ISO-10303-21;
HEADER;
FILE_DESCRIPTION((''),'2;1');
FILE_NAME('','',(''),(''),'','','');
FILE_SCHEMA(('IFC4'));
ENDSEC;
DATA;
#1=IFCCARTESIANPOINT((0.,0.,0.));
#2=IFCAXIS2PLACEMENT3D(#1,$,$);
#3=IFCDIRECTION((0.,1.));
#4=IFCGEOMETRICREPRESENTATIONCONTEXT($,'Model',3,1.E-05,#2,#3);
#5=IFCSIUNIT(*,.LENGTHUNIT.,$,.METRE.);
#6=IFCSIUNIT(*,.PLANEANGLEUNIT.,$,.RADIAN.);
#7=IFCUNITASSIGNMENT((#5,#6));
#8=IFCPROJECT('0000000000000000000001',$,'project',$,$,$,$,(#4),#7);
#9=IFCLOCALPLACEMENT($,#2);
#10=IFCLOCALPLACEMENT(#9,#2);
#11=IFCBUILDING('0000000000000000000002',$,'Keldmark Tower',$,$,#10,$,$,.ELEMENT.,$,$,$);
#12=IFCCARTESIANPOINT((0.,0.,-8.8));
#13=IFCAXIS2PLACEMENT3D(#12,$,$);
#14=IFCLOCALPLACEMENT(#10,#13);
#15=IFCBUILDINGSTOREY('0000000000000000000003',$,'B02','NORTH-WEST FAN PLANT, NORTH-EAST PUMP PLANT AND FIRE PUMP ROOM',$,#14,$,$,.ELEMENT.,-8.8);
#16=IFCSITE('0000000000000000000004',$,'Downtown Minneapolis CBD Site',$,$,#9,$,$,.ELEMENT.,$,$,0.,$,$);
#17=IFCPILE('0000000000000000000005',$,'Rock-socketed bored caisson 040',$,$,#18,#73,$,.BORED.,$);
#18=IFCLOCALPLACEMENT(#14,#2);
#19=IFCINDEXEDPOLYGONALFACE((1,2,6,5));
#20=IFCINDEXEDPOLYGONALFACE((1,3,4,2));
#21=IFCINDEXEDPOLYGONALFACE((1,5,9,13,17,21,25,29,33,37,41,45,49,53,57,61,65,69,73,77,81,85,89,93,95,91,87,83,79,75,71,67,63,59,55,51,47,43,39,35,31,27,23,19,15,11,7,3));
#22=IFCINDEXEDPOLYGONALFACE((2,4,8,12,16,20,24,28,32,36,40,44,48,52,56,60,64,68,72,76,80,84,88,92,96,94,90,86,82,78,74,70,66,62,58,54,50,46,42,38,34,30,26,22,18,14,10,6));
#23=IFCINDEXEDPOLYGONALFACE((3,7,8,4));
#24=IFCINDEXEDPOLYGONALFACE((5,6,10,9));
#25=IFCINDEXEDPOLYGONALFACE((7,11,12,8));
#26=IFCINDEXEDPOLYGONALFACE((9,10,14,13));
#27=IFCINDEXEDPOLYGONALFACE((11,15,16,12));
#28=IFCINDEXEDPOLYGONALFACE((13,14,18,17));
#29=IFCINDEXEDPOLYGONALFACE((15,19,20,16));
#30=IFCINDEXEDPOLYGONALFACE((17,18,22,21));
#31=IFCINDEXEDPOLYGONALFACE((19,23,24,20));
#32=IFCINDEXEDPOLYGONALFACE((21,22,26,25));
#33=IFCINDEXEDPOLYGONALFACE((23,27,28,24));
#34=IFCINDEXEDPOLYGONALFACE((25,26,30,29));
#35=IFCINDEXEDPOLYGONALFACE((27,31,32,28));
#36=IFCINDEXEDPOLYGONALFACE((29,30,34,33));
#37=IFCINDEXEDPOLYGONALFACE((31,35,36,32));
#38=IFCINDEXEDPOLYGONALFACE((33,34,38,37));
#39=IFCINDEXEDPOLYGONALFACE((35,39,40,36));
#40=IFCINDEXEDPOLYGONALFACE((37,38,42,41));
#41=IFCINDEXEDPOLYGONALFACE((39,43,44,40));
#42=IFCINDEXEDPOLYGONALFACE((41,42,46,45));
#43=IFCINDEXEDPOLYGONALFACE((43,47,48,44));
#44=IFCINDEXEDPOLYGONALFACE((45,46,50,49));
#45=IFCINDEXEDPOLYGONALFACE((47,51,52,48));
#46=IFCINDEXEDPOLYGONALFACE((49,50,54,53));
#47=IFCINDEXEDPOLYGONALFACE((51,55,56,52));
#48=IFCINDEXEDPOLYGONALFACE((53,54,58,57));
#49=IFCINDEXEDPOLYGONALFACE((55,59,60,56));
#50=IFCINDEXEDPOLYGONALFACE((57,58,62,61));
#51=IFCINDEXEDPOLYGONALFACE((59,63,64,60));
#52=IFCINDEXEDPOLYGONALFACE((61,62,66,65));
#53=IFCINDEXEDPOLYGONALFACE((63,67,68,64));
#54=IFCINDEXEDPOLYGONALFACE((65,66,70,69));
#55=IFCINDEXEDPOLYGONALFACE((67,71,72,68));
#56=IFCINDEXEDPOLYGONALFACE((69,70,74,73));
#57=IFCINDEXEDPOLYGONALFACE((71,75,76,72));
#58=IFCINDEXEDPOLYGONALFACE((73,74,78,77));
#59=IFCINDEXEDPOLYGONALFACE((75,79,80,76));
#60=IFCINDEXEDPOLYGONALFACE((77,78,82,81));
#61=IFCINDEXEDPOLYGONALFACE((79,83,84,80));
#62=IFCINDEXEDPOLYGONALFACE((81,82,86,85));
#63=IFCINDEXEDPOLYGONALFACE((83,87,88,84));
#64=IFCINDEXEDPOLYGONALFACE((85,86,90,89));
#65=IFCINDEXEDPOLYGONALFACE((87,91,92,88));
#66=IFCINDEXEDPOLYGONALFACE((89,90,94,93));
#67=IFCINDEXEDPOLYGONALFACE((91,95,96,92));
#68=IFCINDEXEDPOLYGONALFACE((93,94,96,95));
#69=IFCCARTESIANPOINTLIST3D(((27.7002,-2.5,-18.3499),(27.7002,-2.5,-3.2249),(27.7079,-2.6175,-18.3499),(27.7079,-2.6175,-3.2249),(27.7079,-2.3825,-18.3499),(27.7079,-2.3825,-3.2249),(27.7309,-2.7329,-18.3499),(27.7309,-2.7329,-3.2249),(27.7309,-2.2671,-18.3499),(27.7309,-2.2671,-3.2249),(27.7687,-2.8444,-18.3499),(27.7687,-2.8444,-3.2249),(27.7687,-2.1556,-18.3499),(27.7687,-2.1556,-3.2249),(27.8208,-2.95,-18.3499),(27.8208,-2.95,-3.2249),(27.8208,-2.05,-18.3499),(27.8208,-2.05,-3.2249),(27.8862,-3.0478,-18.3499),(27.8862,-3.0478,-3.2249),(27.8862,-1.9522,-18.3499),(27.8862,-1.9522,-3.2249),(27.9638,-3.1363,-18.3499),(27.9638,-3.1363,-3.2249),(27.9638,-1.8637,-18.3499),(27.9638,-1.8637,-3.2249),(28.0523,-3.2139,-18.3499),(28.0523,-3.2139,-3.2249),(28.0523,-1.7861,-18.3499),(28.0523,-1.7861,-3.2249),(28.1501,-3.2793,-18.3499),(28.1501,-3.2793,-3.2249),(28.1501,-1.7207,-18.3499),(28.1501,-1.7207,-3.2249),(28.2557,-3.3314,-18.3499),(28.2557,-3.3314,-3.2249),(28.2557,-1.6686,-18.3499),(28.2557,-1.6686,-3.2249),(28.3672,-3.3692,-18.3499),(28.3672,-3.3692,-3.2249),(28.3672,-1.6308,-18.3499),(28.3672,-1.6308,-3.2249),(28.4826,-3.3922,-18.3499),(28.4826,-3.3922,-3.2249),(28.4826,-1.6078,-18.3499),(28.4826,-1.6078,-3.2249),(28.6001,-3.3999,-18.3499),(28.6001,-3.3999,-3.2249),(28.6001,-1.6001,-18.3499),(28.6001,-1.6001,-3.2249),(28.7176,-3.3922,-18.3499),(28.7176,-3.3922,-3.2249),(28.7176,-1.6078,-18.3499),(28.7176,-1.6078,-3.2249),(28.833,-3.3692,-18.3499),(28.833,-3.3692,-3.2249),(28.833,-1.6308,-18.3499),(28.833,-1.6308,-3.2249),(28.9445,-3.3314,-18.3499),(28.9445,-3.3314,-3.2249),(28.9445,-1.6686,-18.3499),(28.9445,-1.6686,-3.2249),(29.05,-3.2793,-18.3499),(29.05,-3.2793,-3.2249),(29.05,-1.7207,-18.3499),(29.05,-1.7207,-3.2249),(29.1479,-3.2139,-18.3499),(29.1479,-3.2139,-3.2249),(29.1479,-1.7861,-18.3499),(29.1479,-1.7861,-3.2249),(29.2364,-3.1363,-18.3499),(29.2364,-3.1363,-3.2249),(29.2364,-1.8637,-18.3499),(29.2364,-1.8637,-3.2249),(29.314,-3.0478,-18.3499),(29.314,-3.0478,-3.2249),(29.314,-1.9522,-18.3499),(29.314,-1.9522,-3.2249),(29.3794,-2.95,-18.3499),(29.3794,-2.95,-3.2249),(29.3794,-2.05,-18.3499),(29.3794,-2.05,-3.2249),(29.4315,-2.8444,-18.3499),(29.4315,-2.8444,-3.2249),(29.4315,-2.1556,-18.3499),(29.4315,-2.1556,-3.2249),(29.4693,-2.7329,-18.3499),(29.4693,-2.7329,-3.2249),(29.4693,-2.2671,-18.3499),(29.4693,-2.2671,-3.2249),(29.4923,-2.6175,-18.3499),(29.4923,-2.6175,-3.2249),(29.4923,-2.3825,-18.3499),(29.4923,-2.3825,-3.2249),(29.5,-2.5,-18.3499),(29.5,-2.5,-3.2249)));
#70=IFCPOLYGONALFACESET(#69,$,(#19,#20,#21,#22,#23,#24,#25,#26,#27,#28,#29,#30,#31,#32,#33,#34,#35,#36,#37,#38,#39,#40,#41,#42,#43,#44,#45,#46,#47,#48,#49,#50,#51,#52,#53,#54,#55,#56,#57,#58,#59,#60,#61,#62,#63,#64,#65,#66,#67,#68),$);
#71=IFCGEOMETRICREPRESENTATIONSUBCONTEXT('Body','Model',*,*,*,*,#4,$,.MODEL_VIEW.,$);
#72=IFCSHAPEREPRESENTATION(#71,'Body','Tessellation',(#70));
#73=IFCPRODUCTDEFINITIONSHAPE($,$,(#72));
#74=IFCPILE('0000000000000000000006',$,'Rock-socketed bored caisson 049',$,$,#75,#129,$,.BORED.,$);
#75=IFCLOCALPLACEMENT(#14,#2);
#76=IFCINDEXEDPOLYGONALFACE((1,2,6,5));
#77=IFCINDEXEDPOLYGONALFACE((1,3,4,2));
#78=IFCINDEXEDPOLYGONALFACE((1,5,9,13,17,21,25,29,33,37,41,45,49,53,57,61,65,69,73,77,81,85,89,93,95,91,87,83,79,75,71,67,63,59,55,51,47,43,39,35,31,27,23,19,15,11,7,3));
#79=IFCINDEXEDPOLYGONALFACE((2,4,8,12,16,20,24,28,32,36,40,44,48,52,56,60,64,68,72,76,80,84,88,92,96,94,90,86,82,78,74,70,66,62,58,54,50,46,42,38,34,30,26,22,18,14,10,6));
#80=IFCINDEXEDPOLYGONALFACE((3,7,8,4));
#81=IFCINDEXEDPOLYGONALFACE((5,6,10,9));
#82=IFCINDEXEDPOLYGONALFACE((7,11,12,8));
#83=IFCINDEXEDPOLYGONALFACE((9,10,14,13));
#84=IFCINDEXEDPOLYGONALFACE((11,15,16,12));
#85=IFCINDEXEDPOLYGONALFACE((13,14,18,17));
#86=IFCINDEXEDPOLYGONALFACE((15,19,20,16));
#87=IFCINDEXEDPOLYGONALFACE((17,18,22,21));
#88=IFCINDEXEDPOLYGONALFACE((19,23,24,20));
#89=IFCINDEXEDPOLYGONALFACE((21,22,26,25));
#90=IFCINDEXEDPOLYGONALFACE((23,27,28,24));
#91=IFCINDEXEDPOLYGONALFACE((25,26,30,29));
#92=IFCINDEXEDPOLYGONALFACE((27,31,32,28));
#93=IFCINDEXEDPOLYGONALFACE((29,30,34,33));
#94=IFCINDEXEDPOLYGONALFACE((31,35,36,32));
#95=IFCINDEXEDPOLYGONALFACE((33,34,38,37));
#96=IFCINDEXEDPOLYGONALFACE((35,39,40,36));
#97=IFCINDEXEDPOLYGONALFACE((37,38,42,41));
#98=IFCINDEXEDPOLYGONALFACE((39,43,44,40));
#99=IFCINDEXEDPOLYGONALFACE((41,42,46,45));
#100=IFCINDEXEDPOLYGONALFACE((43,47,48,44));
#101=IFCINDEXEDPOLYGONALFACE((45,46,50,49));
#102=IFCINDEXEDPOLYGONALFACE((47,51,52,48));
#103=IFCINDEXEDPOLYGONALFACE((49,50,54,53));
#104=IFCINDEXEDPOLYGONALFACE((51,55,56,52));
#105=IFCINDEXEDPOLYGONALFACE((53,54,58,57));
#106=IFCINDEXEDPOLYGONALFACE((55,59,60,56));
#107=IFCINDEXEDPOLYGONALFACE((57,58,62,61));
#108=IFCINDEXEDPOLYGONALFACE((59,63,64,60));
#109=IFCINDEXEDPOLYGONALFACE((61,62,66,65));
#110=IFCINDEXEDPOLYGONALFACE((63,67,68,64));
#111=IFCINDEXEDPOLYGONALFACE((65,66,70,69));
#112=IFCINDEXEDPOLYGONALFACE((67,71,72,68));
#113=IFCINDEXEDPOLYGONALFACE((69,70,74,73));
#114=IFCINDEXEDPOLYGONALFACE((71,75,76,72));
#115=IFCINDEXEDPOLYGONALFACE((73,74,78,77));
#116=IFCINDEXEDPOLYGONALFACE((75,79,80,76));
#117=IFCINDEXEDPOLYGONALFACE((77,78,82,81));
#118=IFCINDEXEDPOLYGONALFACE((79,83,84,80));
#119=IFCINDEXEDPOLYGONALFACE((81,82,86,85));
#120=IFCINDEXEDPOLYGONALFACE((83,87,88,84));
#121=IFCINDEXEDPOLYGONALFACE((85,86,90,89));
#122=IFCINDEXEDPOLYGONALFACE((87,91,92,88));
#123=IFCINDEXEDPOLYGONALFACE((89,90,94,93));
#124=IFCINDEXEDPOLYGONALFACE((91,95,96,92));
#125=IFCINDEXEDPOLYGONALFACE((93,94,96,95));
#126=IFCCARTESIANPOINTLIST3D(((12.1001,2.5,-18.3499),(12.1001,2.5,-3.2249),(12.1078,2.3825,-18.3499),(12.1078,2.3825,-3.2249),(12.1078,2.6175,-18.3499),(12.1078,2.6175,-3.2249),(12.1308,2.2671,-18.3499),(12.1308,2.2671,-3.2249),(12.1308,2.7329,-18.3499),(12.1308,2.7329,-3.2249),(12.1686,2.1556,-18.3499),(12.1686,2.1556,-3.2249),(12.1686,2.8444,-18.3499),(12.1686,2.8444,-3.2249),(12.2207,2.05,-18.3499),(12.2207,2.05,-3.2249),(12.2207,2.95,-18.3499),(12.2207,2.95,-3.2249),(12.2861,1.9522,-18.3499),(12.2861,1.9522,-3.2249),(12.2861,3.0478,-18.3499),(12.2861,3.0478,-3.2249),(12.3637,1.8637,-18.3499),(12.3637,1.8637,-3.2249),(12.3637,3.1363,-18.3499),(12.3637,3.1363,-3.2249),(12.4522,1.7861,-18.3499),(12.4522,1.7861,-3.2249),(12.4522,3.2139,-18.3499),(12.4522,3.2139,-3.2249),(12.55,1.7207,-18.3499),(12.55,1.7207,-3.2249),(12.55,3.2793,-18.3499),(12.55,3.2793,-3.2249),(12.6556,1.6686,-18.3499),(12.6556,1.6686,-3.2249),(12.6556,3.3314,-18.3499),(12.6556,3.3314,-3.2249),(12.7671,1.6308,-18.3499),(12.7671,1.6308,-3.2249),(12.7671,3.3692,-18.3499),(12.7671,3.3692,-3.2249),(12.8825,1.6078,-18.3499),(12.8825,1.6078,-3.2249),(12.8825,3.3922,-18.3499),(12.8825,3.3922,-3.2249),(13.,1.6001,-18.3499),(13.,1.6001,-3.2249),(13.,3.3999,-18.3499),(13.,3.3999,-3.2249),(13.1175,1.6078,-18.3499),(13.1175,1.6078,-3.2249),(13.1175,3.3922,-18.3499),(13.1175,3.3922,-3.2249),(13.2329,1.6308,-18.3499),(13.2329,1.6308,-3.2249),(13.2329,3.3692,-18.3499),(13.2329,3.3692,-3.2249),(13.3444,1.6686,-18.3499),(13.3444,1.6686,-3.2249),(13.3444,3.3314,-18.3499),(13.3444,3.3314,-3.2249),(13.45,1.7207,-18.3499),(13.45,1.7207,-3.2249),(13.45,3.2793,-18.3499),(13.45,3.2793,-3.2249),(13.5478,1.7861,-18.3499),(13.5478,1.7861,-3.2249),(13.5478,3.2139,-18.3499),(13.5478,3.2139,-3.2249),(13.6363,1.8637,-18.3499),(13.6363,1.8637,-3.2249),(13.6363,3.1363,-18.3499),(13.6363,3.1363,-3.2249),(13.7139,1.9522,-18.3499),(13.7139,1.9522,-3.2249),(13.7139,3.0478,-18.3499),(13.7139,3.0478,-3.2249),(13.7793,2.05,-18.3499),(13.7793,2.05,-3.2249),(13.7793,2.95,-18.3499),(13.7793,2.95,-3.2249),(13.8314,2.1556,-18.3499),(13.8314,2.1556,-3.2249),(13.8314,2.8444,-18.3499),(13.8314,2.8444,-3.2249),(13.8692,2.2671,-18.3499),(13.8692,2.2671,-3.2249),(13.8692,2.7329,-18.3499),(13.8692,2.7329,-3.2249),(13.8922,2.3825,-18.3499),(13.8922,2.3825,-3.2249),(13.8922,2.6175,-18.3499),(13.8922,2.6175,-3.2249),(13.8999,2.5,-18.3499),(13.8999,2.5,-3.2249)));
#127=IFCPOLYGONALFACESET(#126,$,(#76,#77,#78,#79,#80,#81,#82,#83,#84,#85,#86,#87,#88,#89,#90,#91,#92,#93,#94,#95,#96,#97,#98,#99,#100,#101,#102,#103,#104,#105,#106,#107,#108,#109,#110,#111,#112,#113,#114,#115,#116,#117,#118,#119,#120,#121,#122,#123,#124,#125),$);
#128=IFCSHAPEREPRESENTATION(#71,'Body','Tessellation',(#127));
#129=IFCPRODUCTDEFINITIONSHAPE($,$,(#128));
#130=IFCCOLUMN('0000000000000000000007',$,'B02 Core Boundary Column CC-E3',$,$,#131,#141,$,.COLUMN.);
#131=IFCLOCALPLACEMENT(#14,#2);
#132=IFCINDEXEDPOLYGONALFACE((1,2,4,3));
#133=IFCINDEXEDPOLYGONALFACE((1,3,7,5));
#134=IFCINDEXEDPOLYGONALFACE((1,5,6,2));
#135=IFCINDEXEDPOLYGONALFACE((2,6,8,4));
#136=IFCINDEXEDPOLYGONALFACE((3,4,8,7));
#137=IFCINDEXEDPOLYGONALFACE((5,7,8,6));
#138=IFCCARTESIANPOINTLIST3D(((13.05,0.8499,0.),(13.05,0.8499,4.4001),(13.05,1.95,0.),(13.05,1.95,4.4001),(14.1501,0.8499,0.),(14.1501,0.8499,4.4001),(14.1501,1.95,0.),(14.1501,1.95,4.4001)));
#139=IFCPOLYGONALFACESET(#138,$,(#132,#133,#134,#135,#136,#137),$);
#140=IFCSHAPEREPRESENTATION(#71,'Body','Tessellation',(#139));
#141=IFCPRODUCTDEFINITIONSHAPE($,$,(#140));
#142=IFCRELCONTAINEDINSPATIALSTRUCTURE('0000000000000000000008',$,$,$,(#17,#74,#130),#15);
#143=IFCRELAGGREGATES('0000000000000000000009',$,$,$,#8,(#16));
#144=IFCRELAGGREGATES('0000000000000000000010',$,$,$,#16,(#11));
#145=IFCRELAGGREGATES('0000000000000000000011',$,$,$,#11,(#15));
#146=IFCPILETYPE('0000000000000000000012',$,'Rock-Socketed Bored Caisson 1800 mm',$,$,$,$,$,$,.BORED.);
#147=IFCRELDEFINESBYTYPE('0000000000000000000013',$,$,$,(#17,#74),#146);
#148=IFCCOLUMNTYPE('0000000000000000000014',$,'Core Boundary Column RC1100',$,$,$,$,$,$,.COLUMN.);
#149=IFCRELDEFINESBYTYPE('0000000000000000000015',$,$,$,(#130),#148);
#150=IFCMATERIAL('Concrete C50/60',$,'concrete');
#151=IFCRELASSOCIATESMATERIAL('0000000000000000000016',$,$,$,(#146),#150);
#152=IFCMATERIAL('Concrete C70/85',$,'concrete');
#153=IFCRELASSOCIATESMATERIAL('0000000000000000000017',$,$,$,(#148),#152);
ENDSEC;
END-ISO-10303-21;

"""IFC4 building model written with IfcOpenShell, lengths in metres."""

from ifc_helpers import new_model, si_unit, direction, frame, origin, origin_2d, place, context, subcontext, project, spatial, rectangle, circle, extrude, material, material_profile, profile_set, type_object, element, save


model = new_model("IFC4")

# Units and contexts
model_context = context("Model", 3, precision=1e-05, world=origin(), true_north=direction((0.0, 1.0)))
body_context = subcontext(model_context, "Body", "Model", "MODEL_VIEW")
ifc_project = project(units=[si_unit("LENGTHUNIT", "METRE"), si_unit("PLANEANGLEUNIT", "RADIAN")], contexts=[model_context])

# Site, building, storey
site_placement = place(None, origin())
site = spatial("IfcSite", under=ifc_project, at=site_placement, Name="Downtown Minneapolis CBD Site", CompositionType="ELEMENT", RefElevation=0.0)
building_placement = place(site_placement, origin())
building = spatial("IfcBuilding", under=site, at=building_placement, Name="Keldmark Tower", CompositionType="ELEMENT")
storey_placement = place(building_placement, frame((0.0, 0.0, -8.8)))
storey = spatial("IfcBuildingStorey", under=building, at=storey_placement, Name="B02", Description="NORTH-WEST FAN PLANT, NORTH-EAST PUMP PLANT AND FIRE PUMP ROOM", CompositionType="ELEMENT", Elevation=-8.8)

# Piles
ifc_material_1 = material(Name="Concrete C50/60", Category="concrete")
ifc_material_profile_1 = material_profile(ifc_material_1, circle(Radius=0.8999, at=origin_2d()), Name="CAISSON1800")
ifc_profile_set_1 = profile_set([ifc_material_profile_1], Name="Concrete C50/60")
pile_type_1 = type_object("IfcPileType", Name="Rock-Socketed Bored Caisson 1800 mm", PredefinedType="BORED", material=ifc_profile_set_1)
for number, where, z_axis, x_axis, name in (
    (1, (28.6001, -2.5, -3.2249), (0.0, 0.0, -1.0), (1.0, 0.0, 0.0), "Rock-socketed bored caisson 040"),
    (2, (13.0, 2.5, -3.2249), (0.0, 0.0, -1.0), (1.0, 0.0, 0.0), "Rock-socketed bored caisson 049"),
):
    element("IfcPile", number, at=place(storey_placement, frame(where, z_axis=z_axis, x_axis=x_axis)), inside=storey, type_object=pile_type_1, Name=name, PredefinedType="BORED", context=body_context, shape_type="SweptSolid", body=[
        extrude(circle(Radius=0.8999, at=origin_2d()), origin(), (0.0, 0.0, 1.0), 15.125),
    ])

# Column
ifc_material_2 = material(Name="Concrete C70/85", Category="concrete")
ifc_material_profile_2 = material_profile(ifc_material_2, rectangle(XDim=1.1001, YDim=1.1001, at=origin_2d()), Name="RC1100X1100")
ifc_profile_set_2 = profile_set([ifc_material_profile_2], Name="Concrete C70/85")
column_type_1 = type_object("IfcColumnType", Name="Core Boundary Column RC1100", PredefinedType="COLUMN", material=ifc_profile_set_2)
column_1_placement = place(storey_placement, frame((13.6001, 1.3999, 0.0), z_axis=(0.0, 0.0, 1.0), x_axis=(1.0, 0.0, 0.0)))
element("IfcColumn", 3, at=column_1_placement, inside=storey, type_object=column_type_1, Name="B02 Core Boundary Column CC-E3", PredefinedType="COLUMN", context=body_context, shape_type="SweptSolid", body=[
    extrude(rectangle(XDim=1.1001, YDim=1.1001, at=origin_2d()), origin(), (0.0, 0.0, 1.0), 4.4001),
])

save(model, "model.ifc")
